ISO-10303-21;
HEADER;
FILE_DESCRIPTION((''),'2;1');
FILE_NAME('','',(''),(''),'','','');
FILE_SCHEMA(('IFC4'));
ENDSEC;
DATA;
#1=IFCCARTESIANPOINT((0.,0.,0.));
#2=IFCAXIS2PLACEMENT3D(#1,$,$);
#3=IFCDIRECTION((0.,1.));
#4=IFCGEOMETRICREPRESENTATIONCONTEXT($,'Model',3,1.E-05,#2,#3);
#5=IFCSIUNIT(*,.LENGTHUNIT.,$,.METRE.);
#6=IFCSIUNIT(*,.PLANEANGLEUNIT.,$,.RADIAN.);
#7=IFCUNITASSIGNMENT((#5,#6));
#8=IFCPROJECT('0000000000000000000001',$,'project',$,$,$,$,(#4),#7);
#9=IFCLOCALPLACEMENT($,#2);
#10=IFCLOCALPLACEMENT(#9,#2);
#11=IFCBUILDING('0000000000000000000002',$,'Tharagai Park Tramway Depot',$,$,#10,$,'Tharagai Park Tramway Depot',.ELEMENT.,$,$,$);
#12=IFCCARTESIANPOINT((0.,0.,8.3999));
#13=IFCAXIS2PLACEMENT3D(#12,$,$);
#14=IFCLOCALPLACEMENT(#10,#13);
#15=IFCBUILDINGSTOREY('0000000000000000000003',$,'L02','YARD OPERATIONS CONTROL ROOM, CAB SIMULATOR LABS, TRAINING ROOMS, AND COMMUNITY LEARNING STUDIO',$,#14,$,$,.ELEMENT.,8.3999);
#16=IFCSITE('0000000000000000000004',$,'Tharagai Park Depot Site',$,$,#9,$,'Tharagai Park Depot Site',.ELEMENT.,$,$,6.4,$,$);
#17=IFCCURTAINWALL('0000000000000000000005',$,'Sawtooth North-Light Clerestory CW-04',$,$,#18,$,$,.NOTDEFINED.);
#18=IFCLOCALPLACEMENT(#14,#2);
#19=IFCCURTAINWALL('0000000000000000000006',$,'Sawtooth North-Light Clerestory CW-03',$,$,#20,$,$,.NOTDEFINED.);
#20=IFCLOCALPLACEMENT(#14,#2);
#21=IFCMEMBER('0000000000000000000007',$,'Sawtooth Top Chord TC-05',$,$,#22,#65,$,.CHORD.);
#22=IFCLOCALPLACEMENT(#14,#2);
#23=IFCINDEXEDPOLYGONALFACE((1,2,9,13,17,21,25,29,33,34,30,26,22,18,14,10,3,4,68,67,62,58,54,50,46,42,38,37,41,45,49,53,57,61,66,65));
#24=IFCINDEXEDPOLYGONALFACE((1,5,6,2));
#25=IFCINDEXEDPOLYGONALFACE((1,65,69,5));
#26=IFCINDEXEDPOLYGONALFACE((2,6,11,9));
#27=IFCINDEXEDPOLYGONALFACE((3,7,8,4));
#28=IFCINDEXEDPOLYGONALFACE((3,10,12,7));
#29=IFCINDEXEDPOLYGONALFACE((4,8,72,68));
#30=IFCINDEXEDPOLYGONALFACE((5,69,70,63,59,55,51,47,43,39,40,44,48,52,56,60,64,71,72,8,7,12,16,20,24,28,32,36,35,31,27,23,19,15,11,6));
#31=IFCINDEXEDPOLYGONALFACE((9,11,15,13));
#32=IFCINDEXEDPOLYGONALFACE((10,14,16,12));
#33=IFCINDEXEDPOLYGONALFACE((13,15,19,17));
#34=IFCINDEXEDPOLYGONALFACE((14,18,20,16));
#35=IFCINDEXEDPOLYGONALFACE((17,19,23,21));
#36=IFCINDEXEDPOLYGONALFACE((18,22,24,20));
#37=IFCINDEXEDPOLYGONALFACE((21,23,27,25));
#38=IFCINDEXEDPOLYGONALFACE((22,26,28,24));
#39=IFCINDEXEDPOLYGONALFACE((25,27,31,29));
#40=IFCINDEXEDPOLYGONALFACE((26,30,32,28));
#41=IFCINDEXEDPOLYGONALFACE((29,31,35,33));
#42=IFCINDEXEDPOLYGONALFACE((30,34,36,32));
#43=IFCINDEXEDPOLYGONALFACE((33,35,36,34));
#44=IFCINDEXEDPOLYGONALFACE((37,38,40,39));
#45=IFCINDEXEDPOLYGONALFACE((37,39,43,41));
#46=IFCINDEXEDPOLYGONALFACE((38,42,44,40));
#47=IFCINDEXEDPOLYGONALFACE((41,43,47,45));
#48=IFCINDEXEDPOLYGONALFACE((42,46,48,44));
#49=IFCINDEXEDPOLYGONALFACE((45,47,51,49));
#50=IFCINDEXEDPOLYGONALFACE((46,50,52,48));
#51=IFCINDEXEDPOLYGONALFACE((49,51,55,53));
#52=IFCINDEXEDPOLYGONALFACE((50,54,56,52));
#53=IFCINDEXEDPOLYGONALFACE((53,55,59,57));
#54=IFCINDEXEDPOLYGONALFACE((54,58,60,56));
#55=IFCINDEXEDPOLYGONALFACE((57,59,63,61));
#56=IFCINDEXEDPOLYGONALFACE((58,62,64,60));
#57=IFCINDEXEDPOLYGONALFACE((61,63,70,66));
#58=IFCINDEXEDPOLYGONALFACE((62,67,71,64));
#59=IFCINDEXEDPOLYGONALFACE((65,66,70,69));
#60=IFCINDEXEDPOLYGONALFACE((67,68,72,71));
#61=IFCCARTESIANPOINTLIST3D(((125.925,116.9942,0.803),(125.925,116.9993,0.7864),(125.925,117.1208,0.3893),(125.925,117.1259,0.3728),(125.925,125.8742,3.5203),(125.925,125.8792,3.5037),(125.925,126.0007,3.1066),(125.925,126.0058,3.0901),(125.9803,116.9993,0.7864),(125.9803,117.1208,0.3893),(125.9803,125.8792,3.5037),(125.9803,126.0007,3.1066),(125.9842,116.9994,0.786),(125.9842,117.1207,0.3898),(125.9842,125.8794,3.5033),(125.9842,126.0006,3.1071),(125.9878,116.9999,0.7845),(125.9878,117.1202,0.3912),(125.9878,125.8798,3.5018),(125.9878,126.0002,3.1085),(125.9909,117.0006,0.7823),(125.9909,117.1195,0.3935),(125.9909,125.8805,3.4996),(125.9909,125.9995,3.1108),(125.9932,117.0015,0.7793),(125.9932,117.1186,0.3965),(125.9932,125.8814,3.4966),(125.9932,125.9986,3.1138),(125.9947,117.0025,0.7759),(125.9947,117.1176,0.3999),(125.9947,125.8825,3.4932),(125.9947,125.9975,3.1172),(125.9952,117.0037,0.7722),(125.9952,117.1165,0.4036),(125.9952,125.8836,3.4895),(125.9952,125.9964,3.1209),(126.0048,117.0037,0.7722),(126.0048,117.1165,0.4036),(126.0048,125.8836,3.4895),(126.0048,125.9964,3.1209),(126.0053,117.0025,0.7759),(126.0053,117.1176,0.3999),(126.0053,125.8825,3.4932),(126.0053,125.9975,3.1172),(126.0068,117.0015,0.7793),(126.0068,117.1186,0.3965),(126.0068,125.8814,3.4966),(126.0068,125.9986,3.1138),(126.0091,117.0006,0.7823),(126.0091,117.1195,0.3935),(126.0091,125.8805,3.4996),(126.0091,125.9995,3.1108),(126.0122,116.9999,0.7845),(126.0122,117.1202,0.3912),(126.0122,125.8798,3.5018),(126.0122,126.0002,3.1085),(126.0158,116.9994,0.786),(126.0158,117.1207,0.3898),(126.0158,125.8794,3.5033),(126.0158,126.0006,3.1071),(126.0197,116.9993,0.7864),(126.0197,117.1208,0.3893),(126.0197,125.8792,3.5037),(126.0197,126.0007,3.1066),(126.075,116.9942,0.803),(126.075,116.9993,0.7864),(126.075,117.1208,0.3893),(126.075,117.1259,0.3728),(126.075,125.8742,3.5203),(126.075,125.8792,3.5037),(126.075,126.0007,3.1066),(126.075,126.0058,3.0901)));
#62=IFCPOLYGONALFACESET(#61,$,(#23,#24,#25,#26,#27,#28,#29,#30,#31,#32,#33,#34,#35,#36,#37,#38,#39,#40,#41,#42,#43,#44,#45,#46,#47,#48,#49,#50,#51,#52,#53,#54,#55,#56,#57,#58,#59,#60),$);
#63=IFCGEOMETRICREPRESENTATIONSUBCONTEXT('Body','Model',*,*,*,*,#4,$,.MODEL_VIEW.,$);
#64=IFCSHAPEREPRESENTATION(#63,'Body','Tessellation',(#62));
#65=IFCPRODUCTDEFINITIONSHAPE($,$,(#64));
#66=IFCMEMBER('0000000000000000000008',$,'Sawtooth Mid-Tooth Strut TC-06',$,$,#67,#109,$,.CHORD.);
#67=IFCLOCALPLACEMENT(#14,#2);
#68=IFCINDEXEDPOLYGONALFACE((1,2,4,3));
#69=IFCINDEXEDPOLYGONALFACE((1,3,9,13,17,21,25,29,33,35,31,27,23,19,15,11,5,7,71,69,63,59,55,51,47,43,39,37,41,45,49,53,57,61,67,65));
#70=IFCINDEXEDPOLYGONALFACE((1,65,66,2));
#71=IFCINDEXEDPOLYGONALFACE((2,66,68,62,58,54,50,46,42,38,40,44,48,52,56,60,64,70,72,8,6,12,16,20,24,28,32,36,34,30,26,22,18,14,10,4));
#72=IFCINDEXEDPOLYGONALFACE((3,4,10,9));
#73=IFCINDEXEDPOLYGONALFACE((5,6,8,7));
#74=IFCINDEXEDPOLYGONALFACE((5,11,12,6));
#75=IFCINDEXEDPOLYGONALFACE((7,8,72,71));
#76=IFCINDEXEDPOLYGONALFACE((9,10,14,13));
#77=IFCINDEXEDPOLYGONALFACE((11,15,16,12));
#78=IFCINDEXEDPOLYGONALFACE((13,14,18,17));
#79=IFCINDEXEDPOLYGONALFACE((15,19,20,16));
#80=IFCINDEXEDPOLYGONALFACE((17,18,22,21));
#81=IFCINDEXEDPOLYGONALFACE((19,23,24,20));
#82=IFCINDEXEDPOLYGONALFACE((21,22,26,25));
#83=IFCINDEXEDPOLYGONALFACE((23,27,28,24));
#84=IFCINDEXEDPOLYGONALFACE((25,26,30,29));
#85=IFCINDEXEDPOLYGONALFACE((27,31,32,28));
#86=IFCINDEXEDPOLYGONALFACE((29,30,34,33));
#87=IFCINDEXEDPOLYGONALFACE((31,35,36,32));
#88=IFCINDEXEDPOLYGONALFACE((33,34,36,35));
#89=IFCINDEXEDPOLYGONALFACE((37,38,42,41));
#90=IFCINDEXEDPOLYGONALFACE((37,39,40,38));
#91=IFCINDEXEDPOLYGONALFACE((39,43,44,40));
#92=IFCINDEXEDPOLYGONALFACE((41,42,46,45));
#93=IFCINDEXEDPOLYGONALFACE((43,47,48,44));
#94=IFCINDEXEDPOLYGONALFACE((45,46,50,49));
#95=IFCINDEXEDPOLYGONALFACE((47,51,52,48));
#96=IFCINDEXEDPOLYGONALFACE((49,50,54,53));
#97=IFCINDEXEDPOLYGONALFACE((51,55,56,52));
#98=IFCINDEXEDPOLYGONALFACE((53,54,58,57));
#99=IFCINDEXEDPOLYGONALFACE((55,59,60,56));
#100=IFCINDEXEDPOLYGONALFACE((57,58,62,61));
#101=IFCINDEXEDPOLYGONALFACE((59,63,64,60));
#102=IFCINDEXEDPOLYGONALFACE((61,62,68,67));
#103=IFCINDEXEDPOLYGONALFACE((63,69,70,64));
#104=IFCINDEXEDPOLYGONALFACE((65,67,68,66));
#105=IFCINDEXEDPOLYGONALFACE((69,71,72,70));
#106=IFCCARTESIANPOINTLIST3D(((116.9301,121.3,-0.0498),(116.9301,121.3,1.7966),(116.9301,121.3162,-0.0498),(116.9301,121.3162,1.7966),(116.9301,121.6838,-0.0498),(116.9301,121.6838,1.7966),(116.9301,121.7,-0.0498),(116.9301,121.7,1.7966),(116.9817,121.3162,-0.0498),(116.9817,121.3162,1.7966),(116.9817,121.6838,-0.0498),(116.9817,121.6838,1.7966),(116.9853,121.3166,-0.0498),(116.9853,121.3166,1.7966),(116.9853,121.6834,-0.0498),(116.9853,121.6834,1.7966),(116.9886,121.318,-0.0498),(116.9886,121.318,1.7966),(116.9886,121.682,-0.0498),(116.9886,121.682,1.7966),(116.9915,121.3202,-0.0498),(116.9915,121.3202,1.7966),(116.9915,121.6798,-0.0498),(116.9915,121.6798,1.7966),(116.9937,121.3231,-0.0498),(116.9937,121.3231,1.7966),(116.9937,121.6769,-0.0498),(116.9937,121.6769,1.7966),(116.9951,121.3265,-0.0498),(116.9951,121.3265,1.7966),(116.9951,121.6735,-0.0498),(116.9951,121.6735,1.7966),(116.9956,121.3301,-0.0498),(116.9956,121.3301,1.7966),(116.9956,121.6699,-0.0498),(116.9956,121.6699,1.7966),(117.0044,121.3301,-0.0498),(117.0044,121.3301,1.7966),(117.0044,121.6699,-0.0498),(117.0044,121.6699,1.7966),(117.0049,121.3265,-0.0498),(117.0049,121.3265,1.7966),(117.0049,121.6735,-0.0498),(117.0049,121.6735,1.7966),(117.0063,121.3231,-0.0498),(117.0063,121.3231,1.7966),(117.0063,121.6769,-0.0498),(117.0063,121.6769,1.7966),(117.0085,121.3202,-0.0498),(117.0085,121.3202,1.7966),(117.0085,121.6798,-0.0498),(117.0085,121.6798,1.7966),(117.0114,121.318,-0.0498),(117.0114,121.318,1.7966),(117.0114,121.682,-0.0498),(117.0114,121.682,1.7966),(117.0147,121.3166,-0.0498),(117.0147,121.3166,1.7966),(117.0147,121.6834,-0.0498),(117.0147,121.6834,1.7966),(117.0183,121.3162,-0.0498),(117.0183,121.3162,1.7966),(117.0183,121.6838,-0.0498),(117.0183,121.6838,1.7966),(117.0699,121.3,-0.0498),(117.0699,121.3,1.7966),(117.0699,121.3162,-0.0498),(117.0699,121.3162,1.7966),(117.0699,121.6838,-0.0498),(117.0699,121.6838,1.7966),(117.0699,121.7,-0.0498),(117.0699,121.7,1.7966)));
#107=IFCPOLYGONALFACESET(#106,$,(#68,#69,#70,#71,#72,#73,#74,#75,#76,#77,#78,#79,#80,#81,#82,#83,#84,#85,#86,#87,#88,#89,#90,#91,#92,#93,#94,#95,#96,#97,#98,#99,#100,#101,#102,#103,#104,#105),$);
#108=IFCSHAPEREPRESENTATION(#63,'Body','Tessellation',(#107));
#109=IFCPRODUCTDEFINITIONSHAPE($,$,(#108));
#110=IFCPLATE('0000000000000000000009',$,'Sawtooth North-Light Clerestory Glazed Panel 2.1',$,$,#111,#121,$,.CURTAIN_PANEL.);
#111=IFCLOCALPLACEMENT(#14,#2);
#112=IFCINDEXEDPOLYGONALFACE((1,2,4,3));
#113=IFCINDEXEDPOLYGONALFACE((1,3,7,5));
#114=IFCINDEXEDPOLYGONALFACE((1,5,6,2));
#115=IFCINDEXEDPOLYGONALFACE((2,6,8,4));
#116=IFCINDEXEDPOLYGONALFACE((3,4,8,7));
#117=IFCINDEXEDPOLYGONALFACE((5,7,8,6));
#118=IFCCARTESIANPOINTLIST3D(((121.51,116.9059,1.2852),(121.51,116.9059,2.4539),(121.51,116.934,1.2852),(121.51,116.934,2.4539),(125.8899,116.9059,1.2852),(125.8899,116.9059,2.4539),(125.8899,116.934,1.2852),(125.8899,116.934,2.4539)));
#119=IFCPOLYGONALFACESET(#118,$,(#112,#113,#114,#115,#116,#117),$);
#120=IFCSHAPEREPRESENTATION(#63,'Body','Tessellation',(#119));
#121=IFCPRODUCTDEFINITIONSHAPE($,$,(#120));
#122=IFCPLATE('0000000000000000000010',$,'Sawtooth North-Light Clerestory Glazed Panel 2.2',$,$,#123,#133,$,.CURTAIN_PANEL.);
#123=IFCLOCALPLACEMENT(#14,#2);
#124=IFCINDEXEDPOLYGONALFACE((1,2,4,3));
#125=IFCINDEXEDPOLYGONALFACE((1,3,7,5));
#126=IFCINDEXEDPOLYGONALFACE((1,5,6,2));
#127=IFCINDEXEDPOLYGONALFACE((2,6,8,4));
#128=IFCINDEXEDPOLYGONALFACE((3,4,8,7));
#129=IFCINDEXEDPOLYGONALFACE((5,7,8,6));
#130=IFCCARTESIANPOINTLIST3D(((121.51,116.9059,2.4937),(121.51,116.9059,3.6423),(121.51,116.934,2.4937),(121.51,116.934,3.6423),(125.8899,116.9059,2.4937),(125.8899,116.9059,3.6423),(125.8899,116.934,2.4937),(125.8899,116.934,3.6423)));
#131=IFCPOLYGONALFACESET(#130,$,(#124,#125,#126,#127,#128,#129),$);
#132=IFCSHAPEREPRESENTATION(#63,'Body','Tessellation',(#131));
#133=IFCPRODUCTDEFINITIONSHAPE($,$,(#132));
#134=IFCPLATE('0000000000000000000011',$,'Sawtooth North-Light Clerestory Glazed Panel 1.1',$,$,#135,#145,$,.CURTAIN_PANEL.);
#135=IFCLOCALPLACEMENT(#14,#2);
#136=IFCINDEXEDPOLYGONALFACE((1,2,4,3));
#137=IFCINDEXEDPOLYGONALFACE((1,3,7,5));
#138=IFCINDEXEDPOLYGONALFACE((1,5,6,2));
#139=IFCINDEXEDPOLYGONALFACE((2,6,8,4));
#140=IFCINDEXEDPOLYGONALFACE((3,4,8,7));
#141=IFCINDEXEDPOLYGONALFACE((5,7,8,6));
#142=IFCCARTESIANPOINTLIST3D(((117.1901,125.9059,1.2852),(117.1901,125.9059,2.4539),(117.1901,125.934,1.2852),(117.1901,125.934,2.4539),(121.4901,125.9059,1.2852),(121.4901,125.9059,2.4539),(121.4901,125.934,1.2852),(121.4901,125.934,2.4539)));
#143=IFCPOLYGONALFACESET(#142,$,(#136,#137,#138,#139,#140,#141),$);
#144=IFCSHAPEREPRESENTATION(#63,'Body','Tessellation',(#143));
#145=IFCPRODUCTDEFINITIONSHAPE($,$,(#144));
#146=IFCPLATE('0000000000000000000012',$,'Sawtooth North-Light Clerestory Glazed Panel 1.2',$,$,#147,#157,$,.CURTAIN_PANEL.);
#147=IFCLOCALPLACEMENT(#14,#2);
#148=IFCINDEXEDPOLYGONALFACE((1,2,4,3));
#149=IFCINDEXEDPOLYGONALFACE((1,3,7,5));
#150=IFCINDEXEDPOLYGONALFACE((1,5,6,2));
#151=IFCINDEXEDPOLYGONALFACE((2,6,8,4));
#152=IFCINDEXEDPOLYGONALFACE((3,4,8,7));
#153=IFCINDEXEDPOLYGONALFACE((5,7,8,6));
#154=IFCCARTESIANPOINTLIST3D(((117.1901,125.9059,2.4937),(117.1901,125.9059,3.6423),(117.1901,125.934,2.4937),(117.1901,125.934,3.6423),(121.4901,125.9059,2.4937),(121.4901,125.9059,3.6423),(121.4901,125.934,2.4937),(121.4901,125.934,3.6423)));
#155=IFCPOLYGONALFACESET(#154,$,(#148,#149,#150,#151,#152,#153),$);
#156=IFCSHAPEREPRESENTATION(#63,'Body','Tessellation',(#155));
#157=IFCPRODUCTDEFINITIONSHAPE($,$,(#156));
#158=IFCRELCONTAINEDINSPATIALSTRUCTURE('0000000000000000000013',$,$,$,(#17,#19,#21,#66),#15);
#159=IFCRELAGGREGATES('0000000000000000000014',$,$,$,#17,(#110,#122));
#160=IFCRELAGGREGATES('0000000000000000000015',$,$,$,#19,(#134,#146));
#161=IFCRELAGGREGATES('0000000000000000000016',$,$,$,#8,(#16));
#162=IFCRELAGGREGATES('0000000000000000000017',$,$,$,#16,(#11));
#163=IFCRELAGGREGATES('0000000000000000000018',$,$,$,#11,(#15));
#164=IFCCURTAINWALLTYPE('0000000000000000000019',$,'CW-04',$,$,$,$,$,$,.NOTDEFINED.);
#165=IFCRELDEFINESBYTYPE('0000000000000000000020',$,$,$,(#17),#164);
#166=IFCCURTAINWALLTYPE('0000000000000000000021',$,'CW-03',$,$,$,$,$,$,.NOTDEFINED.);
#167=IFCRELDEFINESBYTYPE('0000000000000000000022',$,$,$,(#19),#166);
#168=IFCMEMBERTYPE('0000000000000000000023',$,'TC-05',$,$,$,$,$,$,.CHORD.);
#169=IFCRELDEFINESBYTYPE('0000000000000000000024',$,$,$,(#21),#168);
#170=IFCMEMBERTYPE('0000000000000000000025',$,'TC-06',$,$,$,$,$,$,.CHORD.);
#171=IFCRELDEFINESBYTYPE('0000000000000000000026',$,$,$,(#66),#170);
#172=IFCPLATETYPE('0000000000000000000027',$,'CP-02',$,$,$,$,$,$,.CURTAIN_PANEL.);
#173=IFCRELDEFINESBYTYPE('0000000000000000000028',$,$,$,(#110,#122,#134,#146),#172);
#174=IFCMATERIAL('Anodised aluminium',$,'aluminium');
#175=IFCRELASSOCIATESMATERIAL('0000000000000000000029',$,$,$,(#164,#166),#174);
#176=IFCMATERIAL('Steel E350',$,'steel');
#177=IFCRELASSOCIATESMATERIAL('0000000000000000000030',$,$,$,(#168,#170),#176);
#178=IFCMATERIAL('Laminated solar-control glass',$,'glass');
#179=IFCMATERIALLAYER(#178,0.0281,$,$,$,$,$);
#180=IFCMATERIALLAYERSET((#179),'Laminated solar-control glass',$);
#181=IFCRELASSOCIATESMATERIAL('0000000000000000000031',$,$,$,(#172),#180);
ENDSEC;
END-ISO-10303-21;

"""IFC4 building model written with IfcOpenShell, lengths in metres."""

from ifc_helpers import new_model, si_unit, direction, frame, origin, origin_2d, place, context, subcontext, project, spatial, rectangle, i_section, extrude, material, layer, layer_set, material_profile, profile_set, type_object, element, aggregate, save


model = new_model("IFC4")

# Units and contexts
model_context = context("Model", 3, precision=1e-05, world=origin(), true_north=direction((0.0, 1.0)))
body_context = subcontext(model_context, "Body", "Model", "MODEL_VIEW")
ifc_project = project(units=[si_unit("LENGTHUNIT", "METRE"), si_unit("PLANEANGLEUNIT", "RADIAN")], contexts=[model_context])

# Site, building, storey
site_placement = place(None, origin())
site = spatial("IfcSite", under=ifc_project, at=site_placement, Name="Tharagai Park Depot Site", LongName="Tharagai Park Depot Site", CompositionType="ELEMENT", RefElevation=6.4)
building_placement = place(site_placement, origin())
building = spatial("IfcBuilding", under=site, at=building_placement, Name="Tharagai Park Tramway Depot", LongName="Tharagai Park Tramway Depot", CompositionType="ELEMENT")
storey_placement = place(building_placement, frame((0.0, 0.0, 8.3999)))
storey = spatial("IfcBuildingStorey", under=building, at=storey_placement, Name="L02", Description="YARD OPERATIONS CONTROL ROOM, CAB SIMULATOR LABS, TRAINING ROOMS, AND COMMUNITY LEARNING STUDIO", CompositionType="ELEMENT", Elevation=8.3999)

# Shared definitions
ifc_material_1 = material(Name="Steel E350", Category="steel")

# Curtain walls
ifc_material_2 = material(Name="Anodised aluminium", Category="aluminium")
curtain_wall_type_1 = type_object("IfcCurtainWallType", Name="CW-04", PredefinedType="NOTDEFINED", material=ifc_material_2)
curtain_wall_1_placement = place(storey_placement, origin())
curtain_wall_1 = element("IfcCurtainWall", 1, at=curtain_wall_1_placement, inside=storey, type_object=curtain_wall_type_1, Name="Sawtooth North-Light Clerestory CW-04", PredefinedType="NOTDEFINED")
curtain_wall_type_2 = type_object("IfcCurtainWallType", Name="CW-03", PredefinedType="NOTDEFINED", material=ifc_material_2)
curtain_wall_2_placement = place(storey_placement, origin())
curtain_wall_2 = element("IfcCurtainWall", 2, at=curtain_wall_2_placement, inside=storey, type_object=curtain_wall_type_2, Name="Sawtooth North-Light Clerestory CW-03", PredefinedType="NOTDEFINED")

# Members
ifc_material_profile_1 = material_profile(ifc_material_1, i_section(OverallWidth=0.1499, OverallDepth=0.45, WebThickness=0.0095, FlangeThickness=0.0173, FilletRadius=0.0149, at=origin_2d()), Name="ISMB 450")
ifc_profile_set_1 = profile_set([ifc_material_profile_1], Name="Steel E350")
member_type_1 = type_object("IfcMemberType", Name="TC-05", PredefinedType="CHORD", material=ifc_profile_set_1)
for number, where, z_axis, x_axis, name in (
    (3, (126.0, 117.0601, 0.5879), (0.0, 0.956231, 0.292611), (-1.0, 0.0, 0.0), "Sawtooth Top Chord TC-05"),
):
    element("IfcMember", number, at=place(storey_placement, frame(where, z_axis=z_axis, x_axis=x_axis)), inside=storey, type_object=member_type_1, Name=name, PredefinedType="CHORD", context=body_context, shape_type="SweptSolid", body=[
        extrude(i_section(OverallWidth=0.1499, OverallDepth=0.45, WebThickness=0.0095, FlangeThickness=0.0173, FilletRadius=0.0149, at=origin_2d()), origin(), (0.0, 0.0, 1.0), 9.2864),
    ])
ifc_material_profile_2 = material_profile(ifc_material_1, i_section(OverallWidth=0.1399, OverallDepth=0.3999, WebThickness=0.0088, FlangeThickness=0.0161, FilletRadius=0.0139, at=origin_2d()), Name="ISMB 400")
ifc_profile_set_2 = profile_set([ifc_material_profile_2], Name="Steel E350")
member_type_2 = type_object("IfcMemberType", Name="TC-06", PredefinedType="CHORD", material=ifc_profile_set_2)
member_1_placement = place(storey_placement, frame((117.0, 121.5, -0.0498), z_axis=(0.0, 0.0, 1.0), x_axis=(1.0, 0.0, 0.0)))
element("IfcMember", 4, at=member_1_placement, inside=storey, type_object=member_type_2, Name="Sawtooth Mid-Tooth Strut TC-06", PredefinedType="CHORD", context=body_context, shape_type="SweptSolid", body=[
    extrude(i_section(OverallWidth=0.1399, OverallDepth=0.3999, WebThickness=0.0088, FlangeThickness=0.0161, FilletRadius=0.0139, at=origin_2d()), origin(), (0.0, 0.0, 1.0), 1.8464),
])

# Plates
ifc_material_3 = material(Name="Laminated solar-control glass", Category="glass")
ifc_layer = layer(ifc_material_3, 0.0281)
ifc_layer_set = layer_set([ifc_layer], Name="Laminated solar-control glass")
plate_type = type_object("IfcPlateType", Name="CP-02", PredefinedType="CURTAIN_PANEL", material=ifc_layer_set)
plate_1_placement = place(storey_placement, frame((123.7, 116.9199, 1.2852), z_axis=(0.0, 0.0, 1.0), x_axis=(1.0, 0.0, 0.0)))
plate_1 = element("IfcPlate", 5, at=plate_1_placement, type_object=plate_type, Name="Sawtooth North-Light Clerestory Glazed Panel 2.1", PredefinedType="CURTAIN_PANEL", context=body_context, shape_type="SweptSolid", body=[
    extrude(rectangle(XDim=4.3799, YDim=0.0281, at=origin_2d()), origin(), (0.0, 0.0, 1.0), 1.1687),
])
plate_2_placement = place(storey_placement, frame((123.7, 116.9199, 2.4937), z_axis=(0.0, 0.0, 1.0), x_axis=(1.0, 0.0, 0.0)))
plate_2 = element("IfcPlate", 6, at=plate_2_placement, type_object=plate_type, Name="Sawtooth North-Light Clerestory Glazed Panel 2.2", PredefinedType="CURTAIN_PANEL", context=body_context, shape_type="SweptSolid", body=[
    extrude(rectangle(XDim=4.3799, YDim=0.0281, at=origin_2d()), origin(), (0.0, 0.0, 1.0), 1.1487),
])
aggregate(curtain_wall_1, [plate_1, plate_2])
plate_3_placement = place(storey_placement, frame((119.3401, 125.9199, 1.2852), z_axis=(0.0, 0.0, 1.0), x_axis=(1.0, 0.0, 0.0)))
plate_3 = element("IfcPlate", 7, at=plate_3_placement, type_object=plate_type, Name="Sawtooth North-Light Clerestory Glazed Panel 1.1", PredefinedType="CURTAIN_PANEL", context=body_context, shape_type="SweptSolid", body=[
    extrude(rectangle(XDim=4.3, YDim=0.0281, at=origin_2d()), origin(), (0.0, 0.0, 1.0), 1.1687),
])
plate_4_placement = place(storey_placement, frame((119.3401, 125.9199, 2.4937), z_axis=(0.0, 0.0, 1.0), x_axis=(1.0, 0.0, 0.0)))
plate_4 = element("IfcPlate", 8, at=plate_4_placement, type_object=plate_type, Name="Sawtooth North-Light Clerestory Glazed Panel 1.2", PredefinedType="CURTAIN_PANEL", context=body_context, shape_type="SweptSolid", body=[
    extrude(rectangle(XDim=4.3, YDim=0.0281, at=origin_2d()), origin(), (0.0, 0.0, 1.0), 1.1487),
])
aggregate(curtain_wall_2, [plate_3, plate_4])

save(model, "model.ifc")
